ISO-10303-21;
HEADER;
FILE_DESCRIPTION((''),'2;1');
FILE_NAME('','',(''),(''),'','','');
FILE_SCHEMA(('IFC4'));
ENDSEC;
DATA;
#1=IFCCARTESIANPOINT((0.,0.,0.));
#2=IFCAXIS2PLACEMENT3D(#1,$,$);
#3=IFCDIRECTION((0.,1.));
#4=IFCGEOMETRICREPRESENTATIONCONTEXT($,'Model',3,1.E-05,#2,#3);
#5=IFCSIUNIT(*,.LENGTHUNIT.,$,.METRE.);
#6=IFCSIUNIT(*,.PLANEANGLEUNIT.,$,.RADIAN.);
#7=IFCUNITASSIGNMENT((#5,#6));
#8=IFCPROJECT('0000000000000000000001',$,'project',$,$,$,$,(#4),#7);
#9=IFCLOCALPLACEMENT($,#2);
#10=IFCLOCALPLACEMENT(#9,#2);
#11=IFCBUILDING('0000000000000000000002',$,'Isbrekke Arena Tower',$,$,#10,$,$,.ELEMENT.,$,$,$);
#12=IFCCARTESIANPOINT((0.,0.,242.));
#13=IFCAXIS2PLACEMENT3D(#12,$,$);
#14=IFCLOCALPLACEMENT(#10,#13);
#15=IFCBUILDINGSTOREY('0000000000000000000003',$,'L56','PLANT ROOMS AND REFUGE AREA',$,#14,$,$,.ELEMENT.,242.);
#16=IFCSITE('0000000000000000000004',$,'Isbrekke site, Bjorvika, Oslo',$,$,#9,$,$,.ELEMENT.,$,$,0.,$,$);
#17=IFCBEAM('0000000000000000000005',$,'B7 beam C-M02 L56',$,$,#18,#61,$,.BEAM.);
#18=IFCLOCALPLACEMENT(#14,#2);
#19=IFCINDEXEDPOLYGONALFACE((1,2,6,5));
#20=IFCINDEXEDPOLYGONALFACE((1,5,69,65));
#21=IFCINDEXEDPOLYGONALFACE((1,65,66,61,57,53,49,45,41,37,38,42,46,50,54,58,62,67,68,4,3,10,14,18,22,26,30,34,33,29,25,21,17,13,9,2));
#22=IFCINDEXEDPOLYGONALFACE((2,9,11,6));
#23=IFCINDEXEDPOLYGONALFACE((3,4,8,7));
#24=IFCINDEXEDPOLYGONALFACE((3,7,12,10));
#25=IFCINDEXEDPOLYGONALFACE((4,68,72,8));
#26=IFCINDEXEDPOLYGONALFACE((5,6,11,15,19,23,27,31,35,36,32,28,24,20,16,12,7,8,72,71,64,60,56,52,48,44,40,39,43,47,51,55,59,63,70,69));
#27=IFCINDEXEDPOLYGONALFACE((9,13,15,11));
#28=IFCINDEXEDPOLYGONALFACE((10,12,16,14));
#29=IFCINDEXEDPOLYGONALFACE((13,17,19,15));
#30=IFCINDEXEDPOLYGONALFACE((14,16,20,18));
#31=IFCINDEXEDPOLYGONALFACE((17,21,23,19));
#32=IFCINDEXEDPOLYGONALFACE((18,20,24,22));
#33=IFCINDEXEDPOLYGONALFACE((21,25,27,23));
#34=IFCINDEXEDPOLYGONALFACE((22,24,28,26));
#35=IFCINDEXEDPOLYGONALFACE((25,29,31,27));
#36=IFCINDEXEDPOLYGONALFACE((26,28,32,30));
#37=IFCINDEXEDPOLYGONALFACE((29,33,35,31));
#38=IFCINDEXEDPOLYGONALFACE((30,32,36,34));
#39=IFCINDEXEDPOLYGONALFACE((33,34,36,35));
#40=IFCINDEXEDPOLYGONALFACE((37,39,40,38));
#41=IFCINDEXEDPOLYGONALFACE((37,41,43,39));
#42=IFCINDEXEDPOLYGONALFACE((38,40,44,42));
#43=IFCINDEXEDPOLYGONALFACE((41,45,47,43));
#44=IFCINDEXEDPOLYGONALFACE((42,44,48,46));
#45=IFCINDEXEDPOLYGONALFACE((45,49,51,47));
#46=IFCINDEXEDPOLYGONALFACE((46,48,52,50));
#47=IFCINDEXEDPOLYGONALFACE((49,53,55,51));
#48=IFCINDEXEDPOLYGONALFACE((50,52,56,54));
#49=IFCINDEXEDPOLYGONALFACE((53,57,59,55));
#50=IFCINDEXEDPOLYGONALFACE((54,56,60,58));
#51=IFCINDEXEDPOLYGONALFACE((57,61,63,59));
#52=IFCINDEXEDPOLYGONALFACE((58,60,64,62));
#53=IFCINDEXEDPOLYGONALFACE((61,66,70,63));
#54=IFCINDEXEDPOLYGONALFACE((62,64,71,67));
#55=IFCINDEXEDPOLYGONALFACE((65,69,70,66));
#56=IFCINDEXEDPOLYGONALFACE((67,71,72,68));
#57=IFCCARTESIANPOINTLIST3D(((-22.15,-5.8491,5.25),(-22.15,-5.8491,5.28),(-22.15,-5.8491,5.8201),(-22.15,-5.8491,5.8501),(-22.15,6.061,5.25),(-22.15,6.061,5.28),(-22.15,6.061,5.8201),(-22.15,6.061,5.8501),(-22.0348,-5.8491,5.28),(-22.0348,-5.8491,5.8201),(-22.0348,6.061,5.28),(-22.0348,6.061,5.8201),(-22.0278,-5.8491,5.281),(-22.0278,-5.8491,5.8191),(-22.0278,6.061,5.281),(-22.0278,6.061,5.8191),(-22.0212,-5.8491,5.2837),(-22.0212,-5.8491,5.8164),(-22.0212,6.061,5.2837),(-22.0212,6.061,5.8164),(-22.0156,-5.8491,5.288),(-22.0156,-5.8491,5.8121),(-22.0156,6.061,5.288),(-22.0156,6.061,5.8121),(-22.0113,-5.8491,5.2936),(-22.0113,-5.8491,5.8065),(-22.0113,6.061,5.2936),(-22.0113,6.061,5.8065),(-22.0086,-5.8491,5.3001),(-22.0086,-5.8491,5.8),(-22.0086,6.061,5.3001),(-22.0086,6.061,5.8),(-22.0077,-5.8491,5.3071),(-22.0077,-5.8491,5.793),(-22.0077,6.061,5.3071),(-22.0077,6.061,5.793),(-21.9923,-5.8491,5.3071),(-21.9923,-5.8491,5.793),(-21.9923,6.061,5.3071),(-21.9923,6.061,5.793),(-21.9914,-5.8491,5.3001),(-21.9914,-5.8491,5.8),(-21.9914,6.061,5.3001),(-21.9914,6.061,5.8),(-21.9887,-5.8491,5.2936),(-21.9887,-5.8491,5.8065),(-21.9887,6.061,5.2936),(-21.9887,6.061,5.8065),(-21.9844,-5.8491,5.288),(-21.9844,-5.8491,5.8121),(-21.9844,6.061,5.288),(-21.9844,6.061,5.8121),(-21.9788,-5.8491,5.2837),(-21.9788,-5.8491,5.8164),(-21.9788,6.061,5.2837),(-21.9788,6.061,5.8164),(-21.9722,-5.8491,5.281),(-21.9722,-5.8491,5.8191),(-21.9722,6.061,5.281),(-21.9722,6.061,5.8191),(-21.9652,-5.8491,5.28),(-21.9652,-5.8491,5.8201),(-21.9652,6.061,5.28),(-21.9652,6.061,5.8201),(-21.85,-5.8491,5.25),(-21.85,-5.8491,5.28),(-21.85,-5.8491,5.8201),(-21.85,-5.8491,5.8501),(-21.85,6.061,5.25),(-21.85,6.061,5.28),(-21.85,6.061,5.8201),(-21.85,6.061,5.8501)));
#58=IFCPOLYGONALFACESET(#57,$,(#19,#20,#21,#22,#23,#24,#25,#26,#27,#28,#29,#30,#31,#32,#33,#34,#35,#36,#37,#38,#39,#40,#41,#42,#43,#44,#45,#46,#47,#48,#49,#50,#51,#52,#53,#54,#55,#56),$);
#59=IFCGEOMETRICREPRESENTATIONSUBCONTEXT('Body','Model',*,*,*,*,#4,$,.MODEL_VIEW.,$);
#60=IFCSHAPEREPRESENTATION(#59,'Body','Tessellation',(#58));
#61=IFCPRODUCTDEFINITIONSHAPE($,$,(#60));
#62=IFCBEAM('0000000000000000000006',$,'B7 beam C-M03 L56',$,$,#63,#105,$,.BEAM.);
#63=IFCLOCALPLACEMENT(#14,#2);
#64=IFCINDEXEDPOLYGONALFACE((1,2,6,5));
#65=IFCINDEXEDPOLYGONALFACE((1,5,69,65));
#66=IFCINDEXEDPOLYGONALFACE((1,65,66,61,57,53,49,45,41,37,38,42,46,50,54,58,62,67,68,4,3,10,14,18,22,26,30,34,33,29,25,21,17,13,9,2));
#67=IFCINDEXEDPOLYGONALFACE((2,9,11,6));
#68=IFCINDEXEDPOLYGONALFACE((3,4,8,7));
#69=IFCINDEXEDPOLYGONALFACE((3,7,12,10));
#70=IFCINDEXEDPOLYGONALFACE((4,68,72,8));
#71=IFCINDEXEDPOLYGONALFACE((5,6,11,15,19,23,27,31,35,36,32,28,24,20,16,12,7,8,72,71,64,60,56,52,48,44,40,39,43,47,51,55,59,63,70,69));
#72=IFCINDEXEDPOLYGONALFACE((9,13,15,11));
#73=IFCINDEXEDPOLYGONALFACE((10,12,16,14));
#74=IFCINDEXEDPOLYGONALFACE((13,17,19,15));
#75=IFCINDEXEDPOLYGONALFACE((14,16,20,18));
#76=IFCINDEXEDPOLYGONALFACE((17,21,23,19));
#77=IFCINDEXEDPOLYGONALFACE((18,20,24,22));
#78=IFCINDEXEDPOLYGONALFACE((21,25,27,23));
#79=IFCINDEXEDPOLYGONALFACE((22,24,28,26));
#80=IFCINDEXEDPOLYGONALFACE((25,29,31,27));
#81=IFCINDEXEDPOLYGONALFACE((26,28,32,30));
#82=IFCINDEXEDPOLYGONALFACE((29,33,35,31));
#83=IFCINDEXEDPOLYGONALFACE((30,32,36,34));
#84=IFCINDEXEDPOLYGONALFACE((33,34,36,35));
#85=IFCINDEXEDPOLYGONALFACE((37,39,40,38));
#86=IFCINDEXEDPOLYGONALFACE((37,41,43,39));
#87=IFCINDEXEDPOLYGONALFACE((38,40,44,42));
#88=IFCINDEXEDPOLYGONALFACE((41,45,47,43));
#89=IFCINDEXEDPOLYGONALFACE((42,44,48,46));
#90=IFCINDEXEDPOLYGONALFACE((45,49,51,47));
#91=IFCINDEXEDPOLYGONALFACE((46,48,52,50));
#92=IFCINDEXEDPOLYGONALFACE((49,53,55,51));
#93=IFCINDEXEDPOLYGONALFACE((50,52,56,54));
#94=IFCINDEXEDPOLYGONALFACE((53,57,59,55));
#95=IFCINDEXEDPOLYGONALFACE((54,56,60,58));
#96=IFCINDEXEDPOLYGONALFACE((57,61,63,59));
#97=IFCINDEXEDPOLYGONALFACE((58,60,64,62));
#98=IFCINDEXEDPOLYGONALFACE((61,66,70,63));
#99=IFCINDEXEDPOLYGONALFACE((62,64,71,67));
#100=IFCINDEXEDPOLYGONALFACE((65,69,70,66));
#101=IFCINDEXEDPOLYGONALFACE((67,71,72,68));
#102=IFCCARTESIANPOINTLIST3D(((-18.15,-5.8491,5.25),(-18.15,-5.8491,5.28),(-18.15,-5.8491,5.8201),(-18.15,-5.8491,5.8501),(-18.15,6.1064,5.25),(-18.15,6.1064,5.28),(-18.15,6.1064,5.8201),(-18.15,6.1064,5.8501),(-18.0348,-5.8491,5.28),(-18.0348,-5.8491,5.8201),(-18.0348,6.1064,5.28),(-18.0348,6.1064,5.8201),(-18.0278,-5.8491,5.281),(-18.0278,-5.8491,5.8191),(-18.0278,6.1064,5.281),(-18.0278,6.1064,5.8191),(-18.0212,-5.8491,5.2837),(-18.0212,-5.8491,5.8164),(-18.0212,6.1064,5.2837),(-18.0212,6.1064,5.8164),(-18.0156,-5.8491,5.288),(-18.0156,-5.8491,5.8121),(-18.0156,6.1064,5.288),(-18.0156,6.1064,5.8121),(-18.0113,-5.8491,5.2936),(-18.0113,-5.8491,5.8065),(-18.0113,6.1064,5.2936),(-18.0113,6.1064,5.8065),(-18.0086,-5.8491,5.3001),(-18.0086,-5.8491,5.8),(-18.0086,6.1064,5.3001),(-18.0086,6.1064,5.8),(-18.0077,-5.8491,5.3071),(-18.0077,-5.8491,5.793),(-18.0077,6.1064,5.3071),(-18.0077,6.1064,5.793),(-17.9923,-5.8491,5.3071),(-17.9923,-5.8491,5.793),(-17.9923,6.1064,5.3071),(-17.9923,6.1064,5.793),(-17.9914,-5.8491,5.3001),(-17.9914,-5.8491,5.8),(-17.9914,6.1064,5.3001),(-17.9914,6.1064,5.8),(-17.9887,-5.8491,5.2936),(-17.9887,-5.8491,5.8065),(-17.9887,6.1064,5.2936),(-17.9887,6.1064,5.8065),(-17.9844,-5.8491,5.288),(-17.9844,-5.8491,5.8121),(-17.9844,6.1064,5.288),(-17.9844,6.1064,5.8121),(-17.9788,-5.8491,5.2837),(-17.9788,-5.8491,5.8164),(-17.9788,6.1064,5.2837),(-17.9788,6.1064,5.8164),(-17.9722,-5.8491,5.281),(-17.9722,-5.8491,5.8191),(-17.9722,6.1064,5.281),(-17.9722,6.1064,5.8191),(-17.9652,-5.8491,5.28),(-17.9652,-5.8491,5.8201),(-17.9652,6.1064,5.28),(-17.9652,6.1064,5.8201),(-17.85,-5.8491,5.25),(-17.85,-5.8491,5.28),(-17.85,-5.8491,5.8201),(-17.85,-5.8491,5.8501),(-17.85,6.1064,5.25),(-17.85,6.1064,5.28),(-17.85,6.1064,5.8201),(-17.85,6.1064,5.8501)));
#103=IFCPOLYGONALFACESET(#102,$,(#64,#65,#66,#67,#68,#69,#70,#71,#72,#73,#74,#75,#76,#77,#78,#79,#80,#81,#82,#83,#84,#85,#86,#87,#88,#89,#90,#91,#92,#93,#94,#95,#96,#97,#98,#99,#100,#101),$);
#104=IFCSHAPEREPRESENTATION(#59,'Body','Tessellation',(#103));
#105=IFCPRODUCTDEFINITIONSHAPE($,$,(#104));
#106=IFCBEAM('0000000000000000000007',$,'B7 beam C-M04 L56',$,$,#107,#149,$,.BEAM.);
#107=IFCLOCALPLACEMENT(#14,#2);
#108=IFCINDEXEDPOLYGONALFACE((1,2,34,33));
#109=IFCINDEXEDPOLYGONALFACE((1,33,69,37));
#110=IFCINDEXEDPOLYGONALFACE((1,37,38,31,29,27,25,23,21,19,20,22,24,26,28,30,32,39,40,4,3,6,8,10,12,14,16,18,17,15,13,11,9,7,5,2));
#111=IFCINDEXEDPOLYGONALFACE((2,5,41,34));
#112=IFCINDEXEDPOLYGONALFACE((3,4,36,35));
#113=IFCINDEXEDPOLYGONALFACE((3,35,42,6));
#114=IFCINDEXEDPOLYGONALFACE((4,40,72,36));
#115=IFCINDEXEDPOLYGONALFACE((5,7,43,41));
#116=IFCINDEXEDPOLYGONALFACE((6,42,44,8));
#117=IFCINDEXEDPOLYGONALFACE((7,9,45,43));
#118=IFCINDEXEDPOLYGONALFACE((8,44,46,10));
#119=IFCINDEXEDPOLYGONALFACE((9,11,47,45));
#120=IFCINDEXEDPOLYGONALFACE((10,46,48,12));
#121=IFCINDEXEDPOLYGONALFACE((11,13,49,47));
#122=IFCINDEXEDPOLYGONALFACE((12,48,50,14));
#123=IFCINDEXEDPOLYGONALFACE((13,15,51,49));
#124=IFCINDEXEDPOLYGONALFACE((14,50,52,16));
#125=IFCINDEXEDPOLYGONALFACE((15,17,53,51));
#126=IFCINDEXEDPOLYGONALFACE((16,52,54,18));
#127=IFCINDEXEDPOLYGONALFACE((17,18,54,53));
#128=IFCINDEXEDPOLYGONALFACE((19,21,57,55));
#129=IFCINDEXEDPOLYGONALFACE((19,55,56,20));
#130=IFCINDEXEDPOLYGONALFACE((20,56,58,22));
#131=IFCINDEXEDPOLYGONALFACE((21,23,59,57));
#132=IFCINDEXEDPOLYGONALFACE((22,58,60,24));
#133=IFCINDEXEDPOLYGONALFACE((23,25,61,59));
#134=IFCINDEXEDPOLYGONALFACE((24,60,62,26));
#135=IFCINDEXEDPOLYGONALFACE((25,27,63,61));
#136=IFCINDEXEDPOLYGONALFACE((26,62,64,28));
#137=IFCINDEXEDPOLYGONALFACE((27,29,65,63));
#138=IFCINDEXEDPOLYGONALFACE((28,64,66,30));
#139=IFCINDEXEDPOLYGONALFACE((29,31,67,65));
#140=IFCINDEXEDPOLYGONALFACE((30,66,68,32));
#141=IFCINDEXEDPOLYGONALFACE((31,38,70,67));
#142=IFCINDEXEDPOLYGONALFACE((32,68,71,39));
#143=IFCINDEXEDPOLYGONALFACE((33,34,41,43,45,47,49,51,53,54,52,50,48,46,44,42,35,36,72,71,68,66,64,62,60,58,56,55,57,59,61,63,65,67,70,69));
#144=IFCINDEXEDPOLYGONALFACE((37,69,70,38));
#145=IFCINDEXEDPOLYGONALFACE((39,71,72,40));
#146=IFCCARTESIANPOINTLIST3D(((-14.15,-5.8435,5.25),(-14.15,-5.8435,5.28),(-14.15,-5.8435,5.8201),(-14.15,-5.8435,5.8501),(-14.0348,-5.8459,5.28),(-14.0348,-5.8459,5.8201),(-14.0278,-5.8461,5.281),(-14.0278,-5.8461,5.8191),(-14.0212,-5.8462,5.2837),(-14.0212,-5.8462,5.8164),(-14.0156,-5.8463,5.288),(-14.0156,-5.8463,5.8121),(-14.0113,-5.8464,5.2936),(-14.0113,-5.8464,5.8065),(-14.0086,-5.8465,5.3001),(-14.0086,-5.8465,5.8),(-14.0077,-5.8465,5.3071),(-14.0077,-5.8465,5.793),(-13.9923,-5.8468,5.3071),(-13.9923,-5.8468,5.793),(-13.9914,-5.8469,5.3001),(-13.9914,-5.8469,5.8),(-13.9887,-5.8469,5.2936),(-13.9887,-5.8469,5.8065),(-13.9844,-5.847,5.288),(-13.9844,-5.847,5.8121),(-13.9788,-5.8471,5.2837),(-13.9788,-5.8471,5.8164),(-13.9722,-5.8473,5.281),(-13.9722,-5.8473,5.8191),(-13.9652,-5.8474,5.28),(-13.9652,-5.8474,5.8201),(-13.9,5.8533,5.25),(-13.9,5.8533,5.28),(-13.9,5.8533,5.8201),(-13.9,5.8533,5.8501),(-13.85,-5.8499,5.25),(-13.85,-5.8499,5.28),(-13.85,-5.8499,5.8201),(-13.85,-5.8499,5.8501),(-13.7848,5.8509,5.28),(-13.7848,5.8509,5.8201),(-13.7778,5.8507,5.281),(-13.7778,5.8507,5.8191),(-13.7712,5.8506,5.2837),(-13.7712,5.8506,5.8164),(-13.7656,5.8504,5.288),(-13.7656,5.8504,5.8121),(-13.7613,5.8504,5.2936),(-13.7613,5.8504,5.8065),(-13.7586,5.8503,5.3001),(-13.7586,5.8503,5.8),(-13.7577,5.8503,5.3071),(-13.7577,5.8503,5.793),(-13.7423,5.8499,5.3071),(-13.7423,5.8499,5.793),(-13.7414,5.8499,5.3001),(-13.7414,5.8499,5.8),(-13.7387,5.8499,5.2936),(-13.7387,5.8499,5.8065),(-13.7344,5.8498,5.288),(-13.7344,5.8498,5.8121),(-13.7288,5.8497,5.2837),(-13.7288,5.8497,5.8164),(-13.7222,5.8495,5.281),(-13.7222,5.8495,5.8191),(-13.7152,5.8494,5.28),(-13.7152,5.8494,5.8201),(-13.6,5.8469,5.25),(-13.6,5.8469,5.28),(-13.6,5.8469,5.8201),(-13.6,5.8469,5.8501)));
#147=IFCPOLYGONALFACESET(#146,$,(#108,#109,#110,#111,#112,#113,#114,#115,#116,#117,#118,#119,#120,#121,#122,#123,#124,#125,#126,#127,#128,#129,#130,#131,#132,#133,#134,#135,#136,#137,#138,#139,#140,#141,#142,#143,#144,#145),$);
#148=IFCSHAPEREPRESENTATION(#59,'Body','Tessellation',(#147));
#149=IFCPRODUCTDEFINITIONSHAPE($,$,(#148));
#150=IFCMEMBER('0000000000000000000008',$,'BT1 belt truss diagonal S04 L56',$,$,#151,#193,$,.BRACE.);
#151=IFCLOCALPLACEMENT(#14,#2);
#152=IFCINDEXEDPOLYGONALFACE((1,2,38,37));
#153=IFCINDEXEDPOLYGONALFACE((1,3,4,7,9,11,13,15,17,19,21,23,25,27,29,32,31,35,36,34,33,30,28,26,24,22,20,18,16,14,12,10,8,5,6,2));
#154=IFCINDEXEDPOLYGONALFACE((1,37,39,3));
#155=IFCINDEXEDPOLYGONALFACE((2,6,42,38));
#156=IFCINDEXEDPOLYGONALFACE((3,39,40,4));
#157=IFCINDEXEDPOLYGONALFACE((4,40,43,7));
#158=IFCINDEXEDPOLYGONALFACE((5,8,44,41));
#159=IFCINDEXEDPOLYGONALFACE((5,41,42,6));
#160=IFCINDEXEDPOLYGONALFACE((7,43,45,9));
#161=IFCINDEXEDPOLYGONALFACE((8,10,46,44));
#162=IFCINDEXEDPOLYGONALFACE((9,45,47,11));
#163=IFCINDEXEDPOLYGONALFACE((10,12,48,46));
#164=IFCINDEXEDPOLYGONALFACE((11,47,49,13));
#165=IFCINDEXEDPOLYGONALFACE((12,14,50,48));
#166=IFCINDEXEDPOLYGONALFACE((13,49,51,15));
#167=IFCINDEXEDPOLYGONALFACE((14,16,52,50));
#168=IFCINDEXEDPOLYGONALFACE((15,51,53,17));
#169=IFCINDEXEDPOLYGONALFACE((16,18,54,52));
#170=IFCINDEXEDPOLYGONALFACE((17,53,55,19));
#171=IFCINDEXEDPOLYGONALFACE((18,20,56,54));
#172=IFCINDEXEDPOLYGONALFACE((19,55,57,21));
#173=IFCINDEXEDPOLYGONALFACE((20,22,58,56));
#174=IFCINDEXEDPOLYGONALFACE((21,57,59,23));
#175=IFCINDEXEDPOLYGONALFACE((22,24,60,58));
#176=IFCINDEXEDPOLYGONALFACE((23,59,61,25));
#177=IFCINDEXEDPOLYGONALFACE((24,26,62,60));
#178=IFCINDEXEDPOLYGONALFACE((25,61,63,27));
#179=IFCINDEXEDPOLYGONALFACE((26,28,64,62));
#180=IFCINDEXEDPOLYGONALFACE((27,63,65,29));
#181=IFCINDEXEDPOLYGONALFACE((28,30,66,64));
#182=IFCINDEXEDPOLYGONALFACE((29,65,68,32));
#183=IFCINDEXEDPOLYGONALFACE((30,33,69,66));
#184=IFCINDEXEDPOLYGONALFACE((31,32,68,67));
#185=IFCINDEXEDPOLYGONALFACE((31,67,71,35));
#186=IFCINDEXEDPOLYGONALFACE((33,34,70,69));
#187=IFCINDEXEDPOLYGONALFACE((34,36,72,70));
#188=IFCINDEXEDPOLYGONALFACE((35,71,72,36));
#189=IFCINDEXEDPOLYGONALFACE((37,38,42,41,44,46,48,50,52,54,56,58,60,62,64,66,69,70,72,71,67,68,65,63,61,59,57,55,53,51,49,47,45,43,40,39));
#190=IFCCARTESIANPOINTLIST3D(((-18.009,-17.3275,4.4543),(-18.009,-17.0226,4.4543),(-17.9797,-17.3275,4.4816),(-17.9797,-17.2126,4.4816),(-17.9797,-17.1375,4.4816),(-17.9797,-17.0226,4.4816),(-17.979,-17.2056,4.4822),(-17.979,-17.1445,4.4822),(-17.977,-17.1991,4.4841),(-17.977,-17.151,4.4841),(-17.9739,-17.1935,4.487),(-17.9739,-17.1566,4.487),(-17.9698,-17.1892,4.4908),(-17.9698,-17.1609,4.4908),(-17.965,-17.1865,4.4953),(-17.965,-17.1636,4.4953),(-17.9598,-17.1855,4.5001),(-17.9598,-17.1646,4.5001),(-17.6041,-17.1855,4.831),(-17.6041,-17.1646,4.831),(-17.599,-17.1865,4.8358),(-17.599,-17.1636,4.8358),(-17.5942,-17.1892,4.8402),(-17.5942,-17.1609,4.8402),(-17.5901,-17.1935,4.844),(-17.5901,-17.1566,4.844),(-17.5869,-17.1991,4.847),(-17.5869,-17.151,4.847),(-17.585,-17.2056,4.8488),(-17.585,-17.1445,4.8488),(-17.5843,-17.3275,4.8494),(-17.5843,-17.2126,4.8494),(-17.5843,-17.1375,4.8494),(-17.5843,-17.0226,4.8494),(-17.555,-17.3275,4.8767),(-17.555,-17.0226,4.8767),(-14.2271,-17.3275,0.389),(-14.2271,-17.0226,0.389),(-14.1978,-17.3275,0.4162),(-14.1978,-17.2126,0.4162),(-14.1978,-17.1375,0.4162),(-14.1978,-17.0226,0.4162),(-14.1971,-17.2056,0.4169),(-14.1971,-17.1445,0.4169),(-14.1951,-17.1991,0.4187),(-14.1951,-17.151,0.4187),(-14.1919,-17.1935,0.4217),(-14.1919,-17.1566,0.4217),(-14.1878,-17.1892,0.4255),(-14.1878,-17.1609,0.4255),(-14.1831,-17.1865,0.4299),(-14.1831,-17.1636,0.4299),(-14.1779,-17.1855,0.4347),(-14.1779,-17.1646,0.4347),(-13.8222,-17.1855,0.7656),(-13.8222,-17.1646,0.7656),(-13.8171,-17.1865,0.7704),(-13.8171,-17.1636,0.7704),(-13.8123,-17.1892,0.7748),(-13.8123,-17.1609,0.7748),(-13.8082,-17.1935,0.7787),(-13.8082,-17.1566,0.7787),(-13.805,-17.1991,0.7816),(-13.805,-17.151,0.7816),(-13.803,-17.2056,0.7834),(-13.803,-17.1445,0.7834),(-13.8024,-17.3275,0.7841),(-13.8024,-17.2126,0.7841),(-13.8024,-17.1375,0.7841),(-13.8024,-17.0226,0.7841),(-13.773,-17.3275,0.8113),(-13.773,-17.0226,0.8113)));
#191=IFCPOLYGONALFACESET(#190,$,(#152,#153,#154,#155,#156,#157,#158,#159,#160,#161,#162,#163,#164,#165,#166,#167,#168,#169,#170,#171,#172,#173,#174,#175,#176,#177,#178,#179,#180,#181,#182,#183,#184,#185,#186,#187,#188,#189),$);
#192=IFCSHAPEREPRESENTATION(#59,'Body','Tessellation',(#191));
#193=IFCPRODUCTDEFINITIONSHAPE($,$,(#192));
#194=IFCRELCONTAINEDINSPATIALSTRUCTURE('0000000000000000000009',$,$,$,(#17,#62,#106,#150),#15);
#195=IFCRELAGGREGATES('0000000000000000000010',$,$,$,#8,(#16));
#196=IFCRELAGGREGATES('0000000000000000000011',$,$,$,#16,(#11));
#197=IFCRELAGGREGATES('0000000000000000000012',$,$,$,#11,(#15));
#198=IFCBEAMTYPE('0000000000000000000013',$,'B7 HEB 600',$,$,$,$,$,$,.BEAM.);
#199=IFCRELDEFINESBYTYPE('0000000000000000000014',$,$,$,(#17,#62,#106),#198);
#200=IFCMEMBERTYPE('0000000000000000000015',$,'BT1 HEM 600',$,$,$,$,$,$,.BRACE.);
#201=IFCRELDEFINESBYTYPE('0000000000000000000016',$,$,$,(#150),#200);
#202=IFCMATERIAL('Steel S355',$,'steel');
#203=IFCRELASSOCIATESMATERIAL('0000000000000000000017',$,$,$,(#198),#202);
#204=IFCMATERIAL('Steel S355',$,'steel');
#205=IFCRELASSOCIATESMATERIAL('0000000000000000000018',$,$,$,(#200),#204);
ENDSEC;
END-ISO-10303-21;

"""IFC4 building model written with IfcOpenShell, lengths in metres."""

from ifc_helpers import new_model, si_unit, direction, frame, origin, origin_2d, place, context, subcontext, project, spatial, i_section, extrude, material, material_profile, profile_set, type_object, element, save


model = new_model("IFC4")

# Units and contexts
model_context = context("Model", 3, precision=1e-05, world=origin(), true_north=direction((0.0, 1.0)))
body_context = subcontext(model_context, "Body", "Model", "MODEL_VIEW")
ifc_project = project(units=[si_unit("LENGTHUNIT", "METRE"), si_unit("PLANEANGLEUNIT", "RADIAN")], contexts=[model_context])

# Site, building, storey
site_placement = place(None, origin())
site = spatial("IfcSite", under=ifc_project, at=site_placement, Name="Isbrekke site, Bjorvika, Oslo", CompositionType="ELEMENT", RefElevation=0.0)
building_placement = place(site_placement, origin())
building = spatial("IfcBuilding", under=site, at=building_placement, Name="Isbrekke Arena Tower", CompositionType="ELEMENT")
storey_placement = place(building_placement, frame((0.0, 0.0, 242.0)))
storey = spatial("IfcBuildingStorey", under=building, at=storey_placement, Name="L56", Description="PLANT ROOMS AND REFUGE AREA", CompositionType="ELEMENT", Elevation=242.0)

# Beams
ifc_material_1 = material(Name="Steel S355", Category="steel")
ifc_material_profile_1 = material_profile(ifc_material_1, i_section(OverallWidth=0.3, OverallDepth=0.6001, WebThickness=0.0154, FlangeThickness=0.03, FilletRadius=0.0271, at=origin_2d()), Name="HEB 600")
ifc_profile_set_1 = profile_set([ifc_material_profile_1], Name="Steel S355")
beam_type_1 = type_object("IfcBeamType", Name="B7 HEB 600", PredefinedType="BEAM", material=ifc_profile_set_1)
beam_1_placement = place(storey_placement, frame((-22.0, -5.8491, 5.55), z_axis=(0.0, 1.0, 0.0), x_axis=(-1.0, 0.0, 0.0)))
element("IfcBeam", 1, at=beam_1_placement, inside=storey, type_object=beam_type_1, Name="B7 beam C-M02 L56", PredefinedType="BEAM", context=body_context, shape_type="SweptSolid", body=[
    extrude(i_section(OverallWidth=0.3, OverallDepth=0.6001, WebThickness=0.0154, FlangeThickness=0.03, FilletRadius=0.0271, at=origin_2d()), origin(), (0.0, 0.0, 1.0), 11.9102),
])
beam_2_placement = place(storey_placement, frame((-18.0, -5.8491, 5.55), z_axis=(0.0, 1.0, 0.0), x_axis=(-1.0, 0.0, 0.0)))
element("IfcBeam", 2, at=beam_2_placement, inside=storey, type_object=beam_type_1, Name="B7 beam C-M03 L56", PredefinedType="BEAM", context=body_context, shape_type="SweptSolid", body=[
    extrude(i_section(OverallWidth=0.3, OverallDepth=0.6001, WebThickness=0.0154, FlangeThickness=0.03, FilletRadius=0.0271, at=origin_2d()), origin(), (0.0, 0.0, 1.0), 11.9556),
])
beam_3_placement = place(storey_placement, frame((-14.0, -5.8467, 5.55), z_axis=(0.021369, 0.999772, 0.0), x_axis=(-0.999772, 0.021369, 0.0)))
element("IfcBeam", 3, at=beam_3_placement, inside=storey, type_object=beam_type_1, Name="B7 beam C-M04 L56", PredefinedType="BEAM", context=body_context, shape_type="SweptSolid", body=[
    extrude(i_section(OverallWidth=0.3, OverallDepth=0.6001, WebThickness=0.0154, FlangeThickness=0.03, FilletRadius=0.0271, at=origin_2d()), origin(), (0.0, 0.0, 1.0), 11.6995),
])

# Member
ifc_material_2 = material(Name="Steel S355", Category="steel")
ifc_material_profile_2 = material_profile(ifc_material_2, i_section(OverallWidth=0.3049, OverallDepth=0.6201, WebThickness=0.021, FlangeThickness=0.04, FilletRadius=0.0271, at=origin_2d()), Name="HEM 600")
ifc_profile_set_2 = profile_set([ifc_material_profile_2], Name="Steel S355")
member_type_1 = type_object("IfcMemberType", Name="BT1 HEM 600", PredefinedType="BRACE", material=ifc_profile_set_2)
for number, where, z_axis, x_axis, name in (
    (4, (-17.782, -17.175, 4.6655), (0.681122, 0.0, -0.73217), (0.0, 1.0, 0.0), "BT1 belt truss diagonal S04 L56"),
):
    element("IfcMember", number, at=place(storey_placement, frame(where, z_axis=z_axis, x_axis=x_axis)), inside=storey, type_object=member_type_1, Name=name, PredefinedType="BRACE", context=body_context, shape_type="SweptSolid", body=[
        extrude(i_section(OverallWidth=0.3049, OverallDepth=0.6201, WebThickness=0.021, FlangeThickness=0.04, FilletRadius=0.0271, at=origin_2d()), origin(), (0.0, 0.0, 1.0), 5.5525),
    ])

save(model, "model.ifc")
